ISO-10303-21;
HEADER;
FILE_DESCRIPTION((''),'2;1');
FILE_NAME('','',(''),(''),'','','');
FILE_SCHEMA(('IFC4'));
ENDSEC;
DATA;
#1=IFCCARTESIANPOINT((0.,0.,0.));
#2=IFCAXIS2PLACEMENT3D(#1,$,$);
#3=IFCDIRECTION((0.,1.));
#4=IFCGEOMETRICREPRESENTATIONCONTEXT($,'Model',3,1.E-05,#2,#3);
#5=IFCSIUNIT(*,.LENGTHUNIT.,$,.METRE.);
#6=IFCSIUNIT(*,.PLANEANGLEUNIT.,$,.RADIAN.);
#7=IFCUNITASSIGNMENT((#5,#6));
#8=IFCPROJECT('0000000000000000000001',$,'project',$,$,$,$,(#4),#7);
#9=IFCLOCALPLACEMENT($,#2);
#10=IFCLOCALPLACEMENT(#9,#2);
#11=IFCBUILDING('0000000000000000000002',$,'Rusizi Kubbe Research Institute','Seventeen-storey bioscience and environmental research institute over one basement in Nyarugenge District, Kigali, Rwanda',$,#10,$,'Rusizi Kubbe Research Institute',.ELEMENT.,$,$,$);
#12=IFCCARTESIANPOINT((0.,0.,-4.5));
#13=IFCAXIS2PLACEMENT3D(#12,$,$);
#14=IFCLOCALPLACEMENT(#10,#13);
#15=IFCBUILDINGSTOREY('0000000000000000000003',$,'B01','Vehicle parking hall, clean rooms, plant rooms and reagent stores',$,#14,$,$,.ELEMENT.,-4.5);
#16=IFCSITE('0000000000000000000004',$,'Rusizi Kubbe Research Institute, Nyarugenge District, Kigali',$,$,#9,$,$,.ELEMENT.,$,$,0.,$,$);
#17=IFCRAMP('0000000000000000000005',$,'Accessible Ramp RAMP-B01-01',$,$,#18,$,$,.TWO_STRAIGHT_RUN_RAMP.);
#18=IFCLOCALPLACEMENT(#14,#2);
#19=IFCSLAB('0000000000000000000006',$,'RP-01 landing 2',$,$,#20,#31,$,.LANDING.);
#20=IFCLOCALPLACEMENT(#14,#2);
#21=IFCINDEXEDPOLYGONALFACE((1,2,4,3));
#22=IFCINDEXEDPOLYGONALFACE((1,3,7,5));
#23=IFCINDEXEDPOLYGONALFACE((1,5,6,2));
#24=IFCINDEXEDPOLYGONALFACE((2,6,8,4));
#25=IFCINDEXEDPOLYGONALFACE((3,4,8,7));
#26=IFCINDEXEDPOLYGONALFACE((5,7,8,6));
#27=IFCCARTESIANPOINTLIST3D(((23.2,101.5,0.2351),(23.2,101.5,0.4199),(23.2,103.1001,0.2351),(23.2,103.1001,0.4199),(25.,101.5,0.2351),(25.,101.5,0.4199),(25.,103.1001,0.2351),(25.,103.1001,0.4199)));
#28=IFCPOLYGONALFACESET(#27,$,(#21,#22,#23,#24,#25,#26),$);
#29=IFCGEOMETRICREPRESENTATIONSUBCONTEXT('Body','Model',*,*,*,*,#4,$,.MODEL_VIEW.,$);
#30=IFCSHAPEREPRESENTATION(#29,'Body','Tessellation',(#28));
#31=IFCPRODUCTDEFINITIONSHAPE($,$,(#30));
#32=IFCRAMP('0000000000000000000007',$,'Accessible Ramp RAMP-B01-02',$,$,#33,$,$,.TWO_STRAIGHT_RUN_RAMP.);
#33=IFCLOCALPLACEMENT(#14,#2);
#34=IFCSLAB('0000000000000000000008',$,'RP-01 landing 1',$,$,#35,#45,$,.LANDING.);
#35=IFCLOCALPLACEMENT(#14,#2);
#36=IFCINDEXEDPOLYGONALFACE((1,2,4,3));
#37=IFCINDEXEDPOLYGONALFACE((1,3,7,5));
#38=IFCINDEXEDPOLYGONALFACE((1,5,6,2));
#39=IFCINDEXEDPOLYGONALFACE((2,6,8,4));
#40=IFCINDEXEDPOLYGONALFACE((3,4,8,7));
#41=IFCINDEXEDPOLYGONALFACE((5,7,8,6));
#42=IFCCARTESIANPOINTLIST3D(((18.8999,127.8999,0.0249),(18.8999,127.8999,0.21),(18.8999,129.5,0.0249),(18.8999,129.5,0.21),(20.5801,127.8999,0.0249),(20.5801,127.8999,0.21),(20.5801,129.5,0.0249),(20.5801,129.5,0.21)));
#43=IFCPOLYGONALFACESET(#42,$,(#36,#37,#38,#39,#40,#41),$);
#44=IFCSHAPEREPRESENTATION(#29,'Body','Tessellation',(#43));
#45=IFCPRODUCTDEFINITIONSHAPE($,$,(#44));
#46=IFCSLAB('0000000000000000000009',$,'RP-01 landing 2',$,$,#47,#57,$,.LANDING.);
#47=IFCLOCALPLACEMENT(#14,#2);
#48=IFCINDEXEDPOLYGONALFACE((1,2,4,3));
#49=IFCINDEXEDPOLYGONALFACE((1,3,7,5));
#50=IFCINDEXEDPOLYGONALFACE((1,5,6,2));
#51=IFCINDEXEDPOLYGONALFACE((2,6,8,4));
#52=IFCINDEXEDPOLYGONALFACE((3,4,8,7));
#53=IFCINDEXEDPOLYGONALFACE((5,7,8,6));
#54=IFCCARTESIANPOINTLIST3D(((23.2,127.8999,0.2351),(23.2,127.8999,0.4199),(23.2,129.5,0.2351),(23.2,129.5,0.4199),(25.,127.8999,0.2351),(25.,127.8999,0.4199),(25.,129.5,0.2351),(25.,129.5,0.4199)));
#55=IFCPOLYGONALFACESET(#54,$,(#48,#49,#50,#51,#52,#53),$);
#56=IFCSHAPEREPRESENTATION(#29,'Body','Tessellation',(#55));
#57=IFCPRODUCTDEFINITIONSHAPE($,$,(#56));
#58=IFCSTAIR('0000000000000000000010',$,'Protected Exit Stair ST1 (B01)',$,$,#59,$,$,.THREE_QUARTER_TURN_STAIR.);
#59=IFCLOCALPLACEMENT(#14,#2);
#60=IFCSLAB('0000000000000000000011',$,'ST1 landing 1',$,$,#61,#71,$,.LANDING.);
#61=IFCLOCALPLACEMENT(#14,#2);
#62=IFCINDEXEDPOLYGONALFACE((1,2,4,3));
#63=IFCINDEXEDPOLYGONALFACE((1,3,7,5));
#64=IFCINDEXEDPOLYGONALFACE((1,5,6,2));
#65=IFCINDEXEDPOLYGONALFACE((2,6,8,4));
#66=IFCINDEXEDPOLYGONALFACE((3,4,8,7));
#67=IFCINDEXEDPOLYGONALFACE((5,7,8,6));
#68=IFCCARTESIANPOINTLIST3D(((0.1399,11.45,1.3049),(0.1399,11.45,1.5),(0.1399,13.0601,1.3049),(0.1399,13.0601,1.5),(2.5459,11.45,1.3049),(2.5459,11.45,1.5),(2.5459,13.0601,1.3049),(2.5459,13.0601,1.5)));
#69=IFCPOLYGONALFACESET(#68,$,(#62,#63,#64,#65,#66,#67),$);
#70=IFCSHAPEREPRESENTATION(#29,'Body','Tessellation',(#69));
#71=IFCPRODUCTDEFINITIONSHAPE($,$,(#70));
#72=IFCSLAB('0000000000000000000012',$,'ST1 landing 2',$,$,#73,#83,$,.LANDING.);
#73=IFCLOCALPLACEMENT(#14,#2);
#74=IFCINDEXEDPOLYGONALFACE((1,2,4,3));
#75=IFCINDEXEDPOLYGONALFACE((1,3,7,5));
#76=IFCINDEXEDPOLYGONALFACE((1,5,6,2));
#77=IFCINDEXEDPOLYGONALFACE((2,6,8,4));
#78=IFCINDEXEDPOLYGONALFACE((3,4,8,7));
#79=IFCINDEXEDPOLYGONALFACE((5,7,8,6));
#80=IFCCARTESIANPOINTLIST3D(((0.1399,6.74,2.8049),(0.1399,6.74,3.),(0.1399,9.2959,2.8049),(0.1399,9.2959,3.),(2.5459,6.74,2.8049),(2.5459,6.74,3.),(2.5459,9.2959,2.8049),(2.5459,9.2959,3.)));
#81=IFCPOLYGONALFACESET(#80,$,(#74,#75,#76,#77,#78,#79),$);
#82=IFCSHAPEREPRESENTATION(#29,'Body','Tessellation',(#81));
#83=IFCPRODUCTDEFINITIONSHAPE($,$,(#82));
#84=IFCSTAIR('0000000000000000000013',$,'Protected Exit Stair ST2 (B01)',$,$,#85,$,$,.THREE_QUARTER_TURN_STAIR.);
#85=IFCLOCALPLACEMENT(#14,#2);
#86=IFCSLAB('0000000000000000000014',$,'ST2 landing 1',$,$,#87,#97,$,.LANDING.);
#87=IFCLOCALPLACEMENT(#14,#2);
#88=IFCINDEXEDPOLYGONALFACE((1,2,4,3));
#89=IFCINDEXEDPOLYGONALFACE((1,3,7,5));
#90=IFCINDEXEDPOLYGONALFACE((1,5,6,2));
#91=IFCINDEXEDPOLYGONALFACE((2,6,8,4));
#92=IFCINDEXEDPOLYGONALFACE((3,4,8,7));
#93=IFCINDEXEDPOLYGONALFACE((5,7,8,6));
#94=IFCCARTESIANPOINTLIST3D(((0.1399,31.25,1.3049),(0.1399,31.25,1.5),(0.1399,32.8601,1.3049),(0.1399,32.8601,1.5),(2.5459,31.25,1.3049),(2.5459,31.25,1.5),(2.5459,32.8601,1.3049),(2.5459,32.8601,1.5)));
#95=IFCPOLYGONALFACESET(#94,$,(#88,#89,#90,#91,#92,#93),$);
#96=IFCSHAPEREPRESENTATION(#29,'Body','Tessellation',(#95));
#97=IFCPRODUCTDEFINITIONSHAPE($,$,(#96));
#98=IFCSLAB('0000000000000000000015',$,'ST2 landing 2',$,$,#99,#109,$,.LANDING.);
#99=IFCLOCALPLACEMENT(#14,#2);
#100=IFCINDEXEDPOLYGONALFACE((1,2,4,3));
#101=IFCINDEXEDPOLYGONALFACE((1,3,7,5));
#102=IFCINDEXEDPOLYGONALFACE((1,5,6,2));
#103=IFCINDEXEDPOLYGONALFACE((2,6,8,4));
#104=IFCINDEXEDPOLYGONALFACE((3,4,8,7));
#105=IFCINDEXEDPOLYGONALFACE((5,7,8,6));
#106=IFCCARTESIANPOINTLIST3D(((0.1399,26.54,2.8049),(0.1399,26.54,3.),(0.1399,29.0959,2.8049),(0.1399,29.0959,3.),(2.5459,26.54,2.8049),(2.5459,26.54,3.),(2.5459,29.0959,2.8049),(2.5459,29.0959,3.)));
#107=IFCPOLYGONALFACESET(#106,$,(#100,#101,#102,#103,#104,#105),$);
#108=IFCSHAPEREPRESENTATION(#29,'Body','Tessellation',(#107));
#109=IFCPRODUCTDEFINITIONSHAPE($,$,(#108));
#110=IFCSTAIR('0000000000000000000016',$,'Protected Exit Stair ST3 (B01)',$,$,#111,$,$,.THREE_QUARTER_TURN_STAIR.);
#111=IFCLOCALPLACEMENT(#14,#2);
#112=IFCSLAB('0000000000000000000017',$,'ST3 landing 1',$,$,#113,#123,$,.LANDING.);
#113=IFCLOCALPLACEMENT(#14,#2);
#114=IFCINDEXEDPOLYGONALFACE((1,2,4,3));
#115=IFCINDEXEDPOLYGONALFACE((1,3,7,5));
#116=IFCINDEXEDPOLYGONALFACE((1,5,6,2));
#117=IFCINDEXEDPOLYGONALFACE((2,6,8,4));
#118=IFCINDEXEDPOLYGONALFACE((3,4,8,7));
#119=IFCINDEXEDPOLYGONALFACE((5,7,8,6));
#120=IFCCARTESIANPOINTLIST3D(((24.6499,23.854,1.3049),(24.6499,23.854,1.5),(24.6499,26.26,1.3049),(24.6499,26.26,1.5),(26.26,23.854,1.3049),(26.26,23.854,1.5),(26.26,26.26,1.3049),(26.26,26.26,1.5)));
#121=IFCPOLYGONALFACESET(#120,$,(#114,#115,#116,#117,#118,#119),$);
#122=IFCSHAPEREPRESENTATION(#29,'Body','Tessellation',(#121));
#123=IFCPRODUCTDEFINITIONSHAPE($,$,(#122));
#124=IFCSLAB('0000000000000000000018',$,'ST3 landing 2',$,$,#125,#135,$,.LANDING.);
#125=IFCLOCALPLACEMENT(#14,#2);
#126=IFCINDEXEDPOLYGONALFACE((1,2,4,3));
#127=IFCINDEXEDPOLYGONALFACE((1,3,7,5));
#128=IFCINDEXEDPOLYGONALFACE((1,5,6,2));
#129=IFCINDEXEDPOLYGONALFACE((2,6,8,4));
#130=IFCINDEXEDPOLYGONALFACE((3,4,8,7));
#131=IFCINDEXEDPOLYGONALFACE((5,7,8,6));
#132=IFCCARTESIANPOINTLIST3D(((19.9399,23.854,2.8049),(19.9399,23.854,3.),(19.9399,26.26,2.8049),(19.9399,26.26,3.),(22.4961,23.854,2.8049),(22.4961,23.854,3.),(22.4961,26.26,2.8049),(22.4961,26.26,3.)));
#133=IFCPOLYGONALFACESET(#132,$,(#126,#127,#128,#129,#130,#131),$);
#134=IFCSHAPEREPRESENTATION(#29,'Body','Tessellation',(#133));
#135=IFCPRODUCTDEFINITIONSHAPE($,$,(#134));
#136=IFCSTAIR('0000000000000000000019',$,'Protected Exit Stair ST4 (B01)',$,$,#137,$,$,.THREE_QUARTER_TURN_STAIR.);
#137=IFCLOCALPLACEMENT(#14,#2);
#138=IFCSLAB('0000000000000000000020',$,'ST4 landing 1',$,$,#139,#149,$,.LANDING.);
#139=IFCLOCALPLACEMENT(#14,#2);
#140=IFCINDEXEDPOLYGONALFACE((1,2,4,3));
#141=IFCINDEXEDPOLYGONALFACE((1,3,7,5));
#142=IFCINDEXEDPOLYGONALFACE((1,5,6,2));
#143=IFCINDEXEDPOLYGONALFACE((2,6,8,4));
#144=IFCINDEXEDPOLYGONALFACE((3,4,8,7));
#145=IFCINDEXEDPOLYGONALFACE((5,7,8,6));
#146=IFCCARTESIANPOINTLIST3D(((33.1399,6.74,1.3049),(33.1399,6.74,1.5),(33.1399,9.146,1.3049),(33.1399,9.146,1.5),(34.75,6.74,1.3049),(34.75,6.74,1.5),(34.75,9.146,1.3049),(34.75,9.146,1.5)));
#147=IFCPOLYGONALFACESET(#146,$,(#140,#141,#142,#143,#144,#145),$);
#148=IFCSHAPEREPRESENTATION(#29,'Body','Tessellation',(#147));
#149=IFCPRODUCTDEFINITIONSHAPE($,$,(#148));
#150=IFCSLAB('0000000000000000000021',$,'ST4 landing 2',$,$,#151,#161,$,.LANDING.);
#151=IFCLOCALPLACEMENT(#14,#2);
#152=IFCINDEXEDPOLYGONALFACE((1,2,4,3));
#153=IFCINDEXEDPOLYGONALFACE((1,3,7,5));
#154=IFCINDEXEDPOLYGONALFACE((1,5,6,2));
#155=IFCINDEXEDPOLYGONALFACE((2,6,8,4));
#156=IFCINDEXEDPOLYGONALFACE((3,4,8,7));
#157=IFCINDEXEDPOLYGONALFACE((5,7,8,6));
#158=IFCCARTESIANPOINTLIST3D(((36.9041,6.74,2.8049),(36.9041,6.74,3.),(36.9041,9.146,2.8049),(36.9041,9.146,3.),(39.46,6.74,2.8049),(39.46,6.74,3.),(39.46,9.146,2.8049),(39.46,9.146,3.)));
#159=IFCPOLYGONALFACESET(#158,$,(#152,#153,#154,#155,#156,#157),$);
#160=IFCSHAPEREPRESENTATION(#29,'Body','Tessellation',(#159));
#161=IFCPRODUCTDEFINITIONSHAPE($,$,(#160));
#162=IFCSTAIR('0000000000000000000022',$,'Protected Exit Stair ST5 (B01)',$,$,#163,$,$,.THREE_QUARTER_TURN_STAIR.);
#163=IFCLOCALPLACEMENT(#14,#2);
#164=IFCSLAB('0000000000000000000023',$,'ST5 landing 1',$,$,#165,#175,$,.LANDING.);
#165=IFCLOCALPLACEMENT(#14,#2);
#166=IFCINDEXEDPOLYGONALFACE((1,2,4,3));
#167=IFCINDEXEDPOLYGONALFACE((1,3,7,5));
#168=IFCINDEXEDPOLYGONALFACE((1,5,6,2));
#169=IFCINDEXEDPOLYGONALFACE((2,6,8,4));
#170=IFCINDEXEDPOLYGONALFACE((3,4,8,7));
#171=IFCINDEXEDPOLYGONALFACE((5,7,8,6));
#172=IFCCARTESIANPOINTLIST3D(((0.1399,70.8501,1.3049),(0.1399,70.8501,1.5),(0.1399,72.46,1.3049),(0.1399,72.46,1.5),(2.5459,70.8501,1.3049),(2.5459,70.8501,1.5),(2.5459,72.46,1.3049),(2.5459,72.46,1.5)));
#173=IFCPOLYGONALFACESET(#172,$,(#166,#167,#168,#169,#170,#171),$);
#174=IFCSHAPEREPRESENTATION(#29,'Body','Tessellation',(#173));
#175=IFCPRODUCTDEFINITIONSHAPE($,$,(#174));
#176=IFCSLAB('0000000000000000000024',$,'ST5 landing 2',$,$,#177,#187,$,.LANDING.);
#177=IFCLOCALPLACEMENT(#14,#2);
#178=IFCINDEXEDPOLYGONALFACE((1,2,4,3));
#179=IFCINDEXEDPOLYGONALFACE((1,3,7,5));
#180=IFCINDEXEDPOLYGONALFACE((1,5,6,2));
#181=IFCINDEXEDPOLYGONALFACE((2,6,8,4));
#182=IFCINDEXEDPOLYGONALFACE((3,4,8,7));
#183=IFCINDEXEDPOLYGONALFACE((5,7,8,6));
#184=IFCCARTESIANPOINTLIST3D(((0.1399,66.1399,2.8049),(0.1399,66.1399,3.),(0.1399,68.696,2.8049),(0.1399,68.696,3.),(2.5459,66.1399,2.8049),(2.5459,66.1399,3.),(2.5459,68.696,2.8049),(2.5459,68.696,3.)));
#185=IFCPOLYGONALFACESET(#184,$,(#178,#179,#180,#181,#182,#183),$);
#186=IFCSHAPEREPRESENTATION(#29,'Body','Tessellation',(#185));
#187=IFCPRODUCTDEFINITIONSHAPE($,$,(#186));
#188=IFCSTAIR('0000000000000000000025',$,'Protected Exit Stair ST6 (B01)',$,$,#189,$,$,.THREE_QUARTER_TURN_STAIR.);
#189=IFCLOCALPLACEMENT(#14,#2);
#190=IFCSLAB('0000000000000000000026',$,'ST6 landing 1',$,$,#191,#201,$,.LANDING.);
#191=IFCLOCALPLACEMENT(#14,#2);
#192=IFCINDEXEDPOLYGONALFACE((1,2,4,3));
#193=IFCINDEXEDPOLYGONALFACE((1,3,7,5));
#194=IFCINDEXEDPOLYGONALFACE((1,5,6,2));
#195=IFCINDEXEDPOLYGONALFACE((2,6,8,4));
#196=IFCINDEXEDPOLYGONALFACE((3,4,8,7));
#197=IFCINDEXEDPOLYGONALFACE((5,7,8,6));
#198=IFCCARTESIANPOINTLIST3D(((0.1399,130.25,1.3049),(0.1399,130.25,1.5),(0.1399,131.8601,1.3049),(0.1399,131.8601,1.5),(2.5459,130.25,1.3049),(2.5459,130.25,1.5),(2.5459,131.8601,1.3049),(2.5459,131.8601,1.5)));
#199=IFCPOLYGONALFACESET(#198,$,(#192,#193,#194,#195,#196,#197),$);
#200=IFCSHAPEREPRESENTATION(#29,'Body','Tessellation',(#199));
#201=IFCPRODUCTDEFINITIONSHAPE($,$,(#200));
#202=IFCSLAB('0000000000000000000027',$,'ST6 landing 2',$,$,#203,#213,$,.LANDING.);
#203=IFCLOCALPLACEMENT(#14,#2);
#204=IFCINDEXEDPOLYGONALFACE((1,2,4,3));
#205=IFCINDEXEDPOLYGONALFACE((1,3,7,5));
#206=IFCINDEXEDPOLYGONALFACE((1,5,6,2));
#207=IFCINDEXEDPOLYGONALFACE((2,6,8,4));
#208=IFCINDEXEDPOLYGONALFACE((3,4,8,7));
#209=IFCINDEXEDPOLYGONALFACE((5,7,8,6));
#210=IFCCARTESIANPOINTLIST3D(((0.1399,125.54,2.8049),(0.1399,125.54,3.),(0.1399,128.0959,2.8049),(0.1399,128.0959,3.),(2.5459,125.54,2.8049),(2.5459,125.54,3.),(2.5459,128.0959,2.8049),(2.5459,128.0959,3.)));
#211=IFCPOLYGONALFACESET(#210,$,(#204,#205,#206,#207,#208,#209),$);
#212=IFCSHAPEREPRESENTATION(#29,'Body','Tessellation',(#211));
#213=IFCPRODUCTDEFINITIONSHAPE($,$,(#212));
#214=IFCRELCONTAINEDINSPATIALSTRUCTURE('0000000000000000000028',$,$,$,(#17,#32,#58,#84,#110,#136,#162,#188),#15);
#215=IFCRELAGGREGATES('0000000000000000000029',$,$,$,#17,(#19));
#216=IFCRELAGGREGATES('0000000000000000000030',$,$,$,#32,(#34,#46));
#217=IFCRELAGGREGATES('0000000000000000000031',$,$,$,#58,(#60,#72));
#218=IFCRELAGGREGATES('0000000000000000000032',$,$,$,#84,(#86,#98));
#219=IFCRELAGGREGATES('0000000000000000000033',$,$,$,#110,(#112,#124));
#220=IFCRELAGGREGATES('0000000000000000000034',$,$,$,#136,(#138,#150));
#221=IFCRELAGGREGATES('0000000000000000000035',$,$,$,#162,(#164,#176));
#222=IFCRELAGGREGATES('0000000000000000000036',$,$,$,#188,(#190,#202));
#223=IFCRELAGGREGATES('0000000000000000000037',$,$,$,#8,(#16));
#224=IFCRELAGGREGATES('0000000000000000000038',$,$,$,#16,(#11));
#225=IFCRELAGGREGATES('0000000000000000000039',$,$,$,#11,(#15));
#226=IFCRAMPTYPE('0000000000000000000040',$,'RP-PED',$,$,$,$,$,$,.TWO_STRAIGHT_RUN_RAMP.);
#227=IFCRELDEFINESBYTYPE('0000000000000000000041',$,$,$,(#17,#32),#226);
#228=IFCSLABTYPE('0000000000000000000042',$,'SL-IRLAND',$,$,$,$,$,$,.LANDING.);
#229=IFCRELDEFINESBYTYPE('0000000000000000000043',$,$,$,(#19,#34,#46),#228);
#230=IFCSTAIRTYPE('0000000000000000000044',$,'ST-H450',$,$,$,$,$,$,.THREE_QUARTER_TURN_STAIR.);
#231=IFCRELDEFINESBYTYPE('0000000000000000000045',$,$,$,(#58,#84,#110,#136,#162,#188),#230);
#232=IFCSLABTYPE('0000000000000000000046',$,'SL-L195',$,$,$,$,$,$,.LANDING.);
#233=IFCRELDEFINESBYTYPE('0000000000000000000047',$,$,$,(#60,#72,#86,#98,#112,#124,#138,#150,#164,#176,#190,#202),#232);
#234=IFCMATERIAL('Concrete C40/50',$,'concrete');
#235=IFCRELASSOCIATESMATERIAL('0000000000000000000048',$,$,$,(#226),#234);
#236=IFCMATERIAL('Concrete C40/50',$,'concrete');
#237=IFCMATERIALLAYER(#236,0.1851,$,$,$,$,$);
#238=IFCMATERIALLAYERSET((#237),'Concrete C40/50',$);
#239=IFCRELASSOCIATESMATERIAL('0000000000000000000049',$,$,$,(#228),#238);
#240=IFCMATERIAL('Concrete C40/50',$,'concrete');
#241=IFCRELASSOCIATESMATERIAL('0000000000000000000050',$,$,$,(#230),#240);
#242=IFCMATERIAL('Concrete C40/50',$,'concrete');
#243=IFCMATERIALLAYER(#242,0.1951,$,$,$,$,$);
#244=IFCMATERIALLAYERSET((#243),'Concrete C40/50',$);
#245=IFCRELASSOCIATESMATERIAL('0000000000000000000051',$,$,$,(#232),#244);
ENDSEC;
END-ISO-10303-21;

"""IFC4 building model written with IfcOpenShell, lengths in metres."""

from ifc_helpers import new_model, si_unit, direction, frame, origin, place, context, subcontext, project, spatial, polyline, outline, extrude, material, layer, layer_set, type_object, element, aggregate, save


model = new_model("IFC4")

# Units and contexts
model_context = context("Model", 3, precision=1e-05, world=origin(), true_north=direction((0.0, 1.0)))
body_context = subcontext(model_context, "Body", "Model", "MODEL_VIEW")
ifc_project = project(units=[si_unit("LENGTHUNIT", "METRE"), si_unit("PLANEANGLEUNIT", "RADIAN")], contexts=[model_context])

# Site, building, storey
site_placement = place(None, origin())
site = spatial("IfcSite", under=ifc_project, at=site_placement, Name="Rusizi Kubbe Research Institute, Nyarugenge District, Kigali", CompositionType="ELEMENT", RefElevation=0.0)
building_placement = place(site_placement, origin())
building = spatial("IfcBuilding", under=site, at=building_placement, Name="Rusizi Kubbe Research Institute", Description="Seventeen-storey bioscience and environmental research institute over one basement in Nyarugenge District, Kigali, Rwanda", LongName="Rusizi Kubbe Research Institute", CompositionType="ELEMENT")
storey_placement = place(building_placement, frame((0.0, 0.0, -4.5)))
storey = spatial("IfcBuildingStorey", under=building, at=storey_placement, Name="B01", Description="Vehicle parking hall, clean rooms, plant rooms and reagent stores", CompositionType="ELEMENT", Elevation=-4.5)

# Ramps, slabs
ifc_material_1 = material(Name="Concrete C40/50", Category="concrete")
ramp_type = type_object("IfcRampType", Name="RP-PED", PredefinedType="TWO_STRAIGHT_RUN_RAMP", material=ifc_material_1)
ramp_1_placement = place(storey_placement, origin())
ramp_1 = element("IfcRamp", 1, at=ramp_1_placement, inside=storey, type_object=ramp_type, Name="Accessible Ramp RAMP-B01-01", PredefinedType="TWO_STRAIGHT_RUN_RAMP")
ifc_material_2 = material(Name="Concrete C40/50", Category="concrete")
ifc_layer_1 = layer(ifc_material_2, 0.1851)
ifc_layer_set_1 = layer_set([ifc_layer_1], Name="Concrete C40/50")
slab_type_1 = type_object("IfcSlabType", Name="SL-IRLAND", PredefinedType="LANDING", material=ifc_layer_set_1)
slab_1_placement = place(storey_placement, frame((0.0, 0.0, 0.2351)))
slab_1 = element("IfcSlab", 2, at=slab_1_placement, type_object=slab_type_1, Name="RP-01 landing 2", PredefinedType="LANDING", context=body_context, shape_type="SweptSolid", body=[
    extrude(outline(polyline([(23.2, 101.5), (25.0, 101.5), (25.0, 103.1001), (23.2, 103.1001), (23.2, 101.5)])), origin(), (0.0, 0.0, 1.0), 0.1848),
])
aggregate(ramp_1, [slab_1])
ramp_2_placement = place(storey_placement, origin())
ramp_2 = element("IfcRamp", 3, at=ramp_2_placement, inside=storey, type_object=ramp_type, Name="Accessible Ramp RAMP-B01-02", PredefinedType="TWO_STRAIGHT_RUN_RAMP")
slab_2_placement = place(storey_placement, frame((0.0, 0.0, 0.0249)))
slab_2 = element("IfcSlab", 4, at=slab_2_placement, type_object=slab_type_1, Name="RP-01 landing 1", PredefinedType="LANDING", context=body_context, shape_type="SweptSolid", body=[
    extrude(outline(polyline([(18.8999, 127.8999), (20.5801, 127.8999), (20.5801, 129.5), (18.8999, 129.5), (18.8999, 127.8999)])), origin(), (0.0, 0.0, 1.0), 0.1851),
])
slab_3_placement = place(storey_placement, frame((0.0, 0.0, 0.2351)))
slab_3 = element("IfcSlab", 5, at=slab_3_placement, type_object=slab_type_1, Name="RP-01 landing 2", PredefinedType="LANDING", context=body_context, shape_type="SweptSolid", body=[
    extrude(outline(polyline([(23.2, 127.8999), (25.0, 127.8999), (25.0, 129.5), (23.2, 129.5), (23.2, 127.8999)])), origin(), (0.0, 0.0, 1.0), 0.1848),
])
aggregate(ramp_2, [slab_2, slab_3])

# Stairs, slabs
ifc_material_3 = material(Name="Concrete C40/50", Category="concrete")
stair_type = type_object("IfcStairType", Name="ST-H450", PredefinedType="THREE_QUARTER_TURN_STAIR", material=ifc_material_3)
stair_1_placement = place(storey_placement, origin())
stair_1 = element("IfcStair", 6, at=stair_1_placement, inside=storey, type_object=stair_type, Name="Protected Exit Stair ST1 (B01)", PredefinedType="THREE_QUARTER_TURN_STAIR")
ifc_material_4 = material(Name="Concrete C40/50", Category="concrete")
ifc_layer_2 = layer(ifc_material_4, 0.1951)
ifc_layer_set_2 = layer_set([ifc_layer_2], Name="Concrete C40/50")
slab_type_2 = type_object("IfcSlabType", Name="SL-L195", PredefinedType="LANDING", material=ifc_layer_set_2)
slab_4_placement = place(storey_placement, frame((0.0, 0.0, 1.3049)))
slab_4 = element("IfcSlab", 7, at=slab_4_placement, type_object=slab_type_2, Name="ST1 landing 1", PredefinedType="LANDING", context=body_context, shape_type="SweptSolid", body=[
    extrude(outline(polyline([(2.5459, 13.0601), (0.1399, 13.0601), (0.1399, 11.45), (2.5459, 11.45), (2.5459, 13.0601)])), origin(), (0.0, 0.0, 1.0), 0.1951),
])
slab_5_placement = place(storey_placement, frame((0.0, 0.0, 2.8049)))
slab_5 = element("IfcSlab", 8, at=slab_5_placement, type_object=slab_type_2, Name="ST1 landing 2", PredefinedType="LANDING", context=body_context, shape_type="SweptSolid", body=[
    extrude(outline(polyline([(2.5459, 9.2959), (0.1399, 9.2959), (0.1399, 6.74), (2.5459, 6.74), (2.5459, 9.2959)])), origin(), (0.0, 0.0, 1.0), 0.1951),
])
aggregate(stair_1, [slab_4, slab_5])
stair_2_placement = place(storey_placement, origin())
stair_2 = element("IfcStair", 9, at=stair_2_placement, inside=storey, type_object=stair_type, Name="Protected Exit Stair ST2 (B01)", PredefinedType="THREE_QUARTER_TURN_STAIR")
slab_6_placement = place(storey_placement, frame((0.0, 0.0, 1.3049)))
slab_6 = element("IfcSlab", 10, at=slab_6_placement, type_object=slab_type_2, Name="ST2 landing 1", PredefinedType="LANDING", context=body_context, shape_type="SweptSolid", body=[
    extrude(outline(polyline([(2.5459, 32.8601), (0.1399, 32.8601), (0.1399, 31.25), (2.5459, 31.25), (2.5459, 32.8601)])), origin(), (0.0, 0.0, 1.0), 0.1951),
])
slab_7_placement = place(storey_placement, frame((0.0, 0.0, 2.8049)))
slab_7 = element("IfcSlab", 11, at=slab_7_placement, type_object=slab_type_2, Name="ST2 landing 2", PredefinedType="LANDING", context=body_context, shape_type="SweptSolid", body=[
    extrude(outline(polyline([(2.5459, 29.0959), (0.1399, 29.0959), (0.1399, 26.54), (2.5459, 26.54), (2.5459, 29.0959)])), origin(), (0.0, 0.0, 1.0), 0.1951),
])
aggregate(stair_2, [slab_6, slab_7])
stair_3_placement = place(storey_placement, origin())
stair_3 = element("IfcStair", 12, at=stair_3_placement, inside=storey, type_object=stair_type, Name="Protected Exit Stair ST3 (B01)", PredefinedType="THREE_QUARTER_TURN_STAIR")
slab_8_placement = place(storey_placement, frame((0.0, 0.0, 1.3049)))
slab_8 = element("IfcSlab", 13, at=slab_8_placement, type_object=slab_type_2, Name="ST3 landing 1", PredefinedType="LANDING", context=body_context, shape_type="SweptSolid", body=[
    extrude(outline(polyline([(26.26, 23.854), (26.26, 26.26), (24.6499, 26.26), (24.6499, 23.854), (26.26, 23.854)])), origin(), (0.0, 0.0, 1.0), 0.1951),
])
slab_9_placement = place(storey_placement, frame((0.0, 0.0, 2.8049)))
slab_9 = element("IfcSlab", 14, at=slab_9_placement, type_object=slab_type_2, Name="ST3 landing 2", PredefinedType="LANDING", context=body_context, shape_type="SweptSolid", body=[
    extrude(outline(polyline([(22.4961, 23.854), (22.4961, 26.26), (19.9399, 26.26), (19.9399, 23.854), (22.4961, 23.854)])), origin(), (0.0, 0.0, 1.0), 0.1951),
])
aggregate(stair_3, [slab_8, slab_9])
stair_4_placement = place(storey_placement, origin())
stair_4 = element("IfcStair", 15, at=stair_4_placement, inside=storey, type_object=stair_type, Name="Protected Exit Stair ST4 (B01)", PredefinedType="THREE_QUARTER_TURN_STAIR")
slab_10_placement = place(storey_placement, frame((0.0, 0.0, 1.3049)))
slab_10 = element("IfcSlab", 16, at=slab_10_placement, type_object=slab_type_2, Name="ST4 landing 1", PredefinedType="LANDING", context=body_context, shape_type="SweptSolid", body=[
    extrude(outline(polyline([(33.1399, 9.146), (33.1399, 6.74), (34.75, 6.74), (34.75, 9.146), (33.1399, 9.146)])), origin(), (0.0, 0.0, 1.0), 0.1951),
])
slab_11_placement = place(storey_placement, frame((0.0, 0.0, 2.8049)))
slab_11 = element("IfcSlab", 17, at=slab_11_placement, type_object=slab_type_2, Name="ST4 landing 2", PredefinedType="LANDING", context=body_context, shape_type="SweptSolid", body=[
    extrude(outline(polyline([(36.9041, 9.146), (36.9041, 6.74), (39.46, 6.74), (39.46, 9.146), (36.9041, 9.146)])), origin(), (0.0, 0.0, 1.0), 0.1951),
])
aggregate(stair_4, [slab_10, slab_11])
stair_5_placement = place(storey_placement, origin())
stair_5 = element("IfcStair", 18, at=stair_5_placement, inside=storey, type_object=stair_type, Name="Protected Exit Stair ST5 (B01)", PredefinedType="THREE_QUARTER_TURN_STAIR")
slab_12_placement = place(storey_placement, frame((0.0, 0.0, 1.3049)))
slab_12 = element("IfcSlab", 19, at=slab_12_placement, type_object=slab_type_2, Name="ST5 landing 1", PredefinedType="LANDING", context=body_context, shape_type="SweptSolid", body=[
    extrude(outline(polyline([(2.5459, 72.46), (0.1399, 72.46), (0.1399, 70.8501), (2.5459, 70.8501), (2.5459, 72.46)])), origin(), (0.0, 0.0, 1.0), 0.1951),
])
slab_13_placement = place(storey_placement, frame((0.0, 0.0, 2.8049)))
slab_13 = element("IfcSlab", 20, at=slab_13_placement, type_object=slab_type_2, Name="ST5 landing 2", PredefinedType="LANDING", context=body_context, shape_type="SweptSolid", body=[
    extrude(outline(polyline([(2.5459, 68.696), (0.1399, 68.696), (0.1399, 66.1399), (2.5459, 66.1399), (2.5459, 68.696)])), origin(), (0.0, 0.0, 1.0), 0.1951),
])
aggregate(stair_5, [slab_12, slab_13])
stair_6_placement = place(storey_placement, origin())
stair_6 = element("IfcStair", 21, at=stair_6_placement, inside=storey, type_object=stair_type, Name="Protected Exit Stair ST6 (B01)", PredefinedType="THREE_QUARTER_TURN_STAIR")
slab_14_placement = place(storey_placement, frame((0.0, 0.0, 1.3049)))
slab_14 = element("IfcSlab", 22, at=slab_14_placement, type_object=slab_type_2, Name="ST6 landing 1", PredefinedType="LANDING", context=body_context, shape_type="SweptSolid", body=[
    extrude(outline(polyline([(2.5459, 131.8601), (0.1399, 131.8601), (0.1399, 130.25), (2.5459, 130.25), (2.5459, 131.8601)])), origin(), (0.0, 0.0, 1.0), 0.1951),
])
slab_15_placement = place(storey_placement, frame((0.0, 0.0, 2.8049)))
slab_15 = element("IfcSlab", 23, at=slab_15_placement, type_object=slab_type_2, Name="ST6 landing 2", PredefinedType="LANDING", context=body_context, shape_type="SweptSolid", body=[
    extrude(outline(polyline([(2.5459, 128.0959), (0.1399, 128.0959), (0.1399, 125.54), (2.5459, 125.54), (2.5459, 128.0959)])), origin(), (0.0, 0.0, 1.0), 0.1951),
])
aggregate(stair_6, [slab_14, slab_15])

save(model, "model.ifc")
